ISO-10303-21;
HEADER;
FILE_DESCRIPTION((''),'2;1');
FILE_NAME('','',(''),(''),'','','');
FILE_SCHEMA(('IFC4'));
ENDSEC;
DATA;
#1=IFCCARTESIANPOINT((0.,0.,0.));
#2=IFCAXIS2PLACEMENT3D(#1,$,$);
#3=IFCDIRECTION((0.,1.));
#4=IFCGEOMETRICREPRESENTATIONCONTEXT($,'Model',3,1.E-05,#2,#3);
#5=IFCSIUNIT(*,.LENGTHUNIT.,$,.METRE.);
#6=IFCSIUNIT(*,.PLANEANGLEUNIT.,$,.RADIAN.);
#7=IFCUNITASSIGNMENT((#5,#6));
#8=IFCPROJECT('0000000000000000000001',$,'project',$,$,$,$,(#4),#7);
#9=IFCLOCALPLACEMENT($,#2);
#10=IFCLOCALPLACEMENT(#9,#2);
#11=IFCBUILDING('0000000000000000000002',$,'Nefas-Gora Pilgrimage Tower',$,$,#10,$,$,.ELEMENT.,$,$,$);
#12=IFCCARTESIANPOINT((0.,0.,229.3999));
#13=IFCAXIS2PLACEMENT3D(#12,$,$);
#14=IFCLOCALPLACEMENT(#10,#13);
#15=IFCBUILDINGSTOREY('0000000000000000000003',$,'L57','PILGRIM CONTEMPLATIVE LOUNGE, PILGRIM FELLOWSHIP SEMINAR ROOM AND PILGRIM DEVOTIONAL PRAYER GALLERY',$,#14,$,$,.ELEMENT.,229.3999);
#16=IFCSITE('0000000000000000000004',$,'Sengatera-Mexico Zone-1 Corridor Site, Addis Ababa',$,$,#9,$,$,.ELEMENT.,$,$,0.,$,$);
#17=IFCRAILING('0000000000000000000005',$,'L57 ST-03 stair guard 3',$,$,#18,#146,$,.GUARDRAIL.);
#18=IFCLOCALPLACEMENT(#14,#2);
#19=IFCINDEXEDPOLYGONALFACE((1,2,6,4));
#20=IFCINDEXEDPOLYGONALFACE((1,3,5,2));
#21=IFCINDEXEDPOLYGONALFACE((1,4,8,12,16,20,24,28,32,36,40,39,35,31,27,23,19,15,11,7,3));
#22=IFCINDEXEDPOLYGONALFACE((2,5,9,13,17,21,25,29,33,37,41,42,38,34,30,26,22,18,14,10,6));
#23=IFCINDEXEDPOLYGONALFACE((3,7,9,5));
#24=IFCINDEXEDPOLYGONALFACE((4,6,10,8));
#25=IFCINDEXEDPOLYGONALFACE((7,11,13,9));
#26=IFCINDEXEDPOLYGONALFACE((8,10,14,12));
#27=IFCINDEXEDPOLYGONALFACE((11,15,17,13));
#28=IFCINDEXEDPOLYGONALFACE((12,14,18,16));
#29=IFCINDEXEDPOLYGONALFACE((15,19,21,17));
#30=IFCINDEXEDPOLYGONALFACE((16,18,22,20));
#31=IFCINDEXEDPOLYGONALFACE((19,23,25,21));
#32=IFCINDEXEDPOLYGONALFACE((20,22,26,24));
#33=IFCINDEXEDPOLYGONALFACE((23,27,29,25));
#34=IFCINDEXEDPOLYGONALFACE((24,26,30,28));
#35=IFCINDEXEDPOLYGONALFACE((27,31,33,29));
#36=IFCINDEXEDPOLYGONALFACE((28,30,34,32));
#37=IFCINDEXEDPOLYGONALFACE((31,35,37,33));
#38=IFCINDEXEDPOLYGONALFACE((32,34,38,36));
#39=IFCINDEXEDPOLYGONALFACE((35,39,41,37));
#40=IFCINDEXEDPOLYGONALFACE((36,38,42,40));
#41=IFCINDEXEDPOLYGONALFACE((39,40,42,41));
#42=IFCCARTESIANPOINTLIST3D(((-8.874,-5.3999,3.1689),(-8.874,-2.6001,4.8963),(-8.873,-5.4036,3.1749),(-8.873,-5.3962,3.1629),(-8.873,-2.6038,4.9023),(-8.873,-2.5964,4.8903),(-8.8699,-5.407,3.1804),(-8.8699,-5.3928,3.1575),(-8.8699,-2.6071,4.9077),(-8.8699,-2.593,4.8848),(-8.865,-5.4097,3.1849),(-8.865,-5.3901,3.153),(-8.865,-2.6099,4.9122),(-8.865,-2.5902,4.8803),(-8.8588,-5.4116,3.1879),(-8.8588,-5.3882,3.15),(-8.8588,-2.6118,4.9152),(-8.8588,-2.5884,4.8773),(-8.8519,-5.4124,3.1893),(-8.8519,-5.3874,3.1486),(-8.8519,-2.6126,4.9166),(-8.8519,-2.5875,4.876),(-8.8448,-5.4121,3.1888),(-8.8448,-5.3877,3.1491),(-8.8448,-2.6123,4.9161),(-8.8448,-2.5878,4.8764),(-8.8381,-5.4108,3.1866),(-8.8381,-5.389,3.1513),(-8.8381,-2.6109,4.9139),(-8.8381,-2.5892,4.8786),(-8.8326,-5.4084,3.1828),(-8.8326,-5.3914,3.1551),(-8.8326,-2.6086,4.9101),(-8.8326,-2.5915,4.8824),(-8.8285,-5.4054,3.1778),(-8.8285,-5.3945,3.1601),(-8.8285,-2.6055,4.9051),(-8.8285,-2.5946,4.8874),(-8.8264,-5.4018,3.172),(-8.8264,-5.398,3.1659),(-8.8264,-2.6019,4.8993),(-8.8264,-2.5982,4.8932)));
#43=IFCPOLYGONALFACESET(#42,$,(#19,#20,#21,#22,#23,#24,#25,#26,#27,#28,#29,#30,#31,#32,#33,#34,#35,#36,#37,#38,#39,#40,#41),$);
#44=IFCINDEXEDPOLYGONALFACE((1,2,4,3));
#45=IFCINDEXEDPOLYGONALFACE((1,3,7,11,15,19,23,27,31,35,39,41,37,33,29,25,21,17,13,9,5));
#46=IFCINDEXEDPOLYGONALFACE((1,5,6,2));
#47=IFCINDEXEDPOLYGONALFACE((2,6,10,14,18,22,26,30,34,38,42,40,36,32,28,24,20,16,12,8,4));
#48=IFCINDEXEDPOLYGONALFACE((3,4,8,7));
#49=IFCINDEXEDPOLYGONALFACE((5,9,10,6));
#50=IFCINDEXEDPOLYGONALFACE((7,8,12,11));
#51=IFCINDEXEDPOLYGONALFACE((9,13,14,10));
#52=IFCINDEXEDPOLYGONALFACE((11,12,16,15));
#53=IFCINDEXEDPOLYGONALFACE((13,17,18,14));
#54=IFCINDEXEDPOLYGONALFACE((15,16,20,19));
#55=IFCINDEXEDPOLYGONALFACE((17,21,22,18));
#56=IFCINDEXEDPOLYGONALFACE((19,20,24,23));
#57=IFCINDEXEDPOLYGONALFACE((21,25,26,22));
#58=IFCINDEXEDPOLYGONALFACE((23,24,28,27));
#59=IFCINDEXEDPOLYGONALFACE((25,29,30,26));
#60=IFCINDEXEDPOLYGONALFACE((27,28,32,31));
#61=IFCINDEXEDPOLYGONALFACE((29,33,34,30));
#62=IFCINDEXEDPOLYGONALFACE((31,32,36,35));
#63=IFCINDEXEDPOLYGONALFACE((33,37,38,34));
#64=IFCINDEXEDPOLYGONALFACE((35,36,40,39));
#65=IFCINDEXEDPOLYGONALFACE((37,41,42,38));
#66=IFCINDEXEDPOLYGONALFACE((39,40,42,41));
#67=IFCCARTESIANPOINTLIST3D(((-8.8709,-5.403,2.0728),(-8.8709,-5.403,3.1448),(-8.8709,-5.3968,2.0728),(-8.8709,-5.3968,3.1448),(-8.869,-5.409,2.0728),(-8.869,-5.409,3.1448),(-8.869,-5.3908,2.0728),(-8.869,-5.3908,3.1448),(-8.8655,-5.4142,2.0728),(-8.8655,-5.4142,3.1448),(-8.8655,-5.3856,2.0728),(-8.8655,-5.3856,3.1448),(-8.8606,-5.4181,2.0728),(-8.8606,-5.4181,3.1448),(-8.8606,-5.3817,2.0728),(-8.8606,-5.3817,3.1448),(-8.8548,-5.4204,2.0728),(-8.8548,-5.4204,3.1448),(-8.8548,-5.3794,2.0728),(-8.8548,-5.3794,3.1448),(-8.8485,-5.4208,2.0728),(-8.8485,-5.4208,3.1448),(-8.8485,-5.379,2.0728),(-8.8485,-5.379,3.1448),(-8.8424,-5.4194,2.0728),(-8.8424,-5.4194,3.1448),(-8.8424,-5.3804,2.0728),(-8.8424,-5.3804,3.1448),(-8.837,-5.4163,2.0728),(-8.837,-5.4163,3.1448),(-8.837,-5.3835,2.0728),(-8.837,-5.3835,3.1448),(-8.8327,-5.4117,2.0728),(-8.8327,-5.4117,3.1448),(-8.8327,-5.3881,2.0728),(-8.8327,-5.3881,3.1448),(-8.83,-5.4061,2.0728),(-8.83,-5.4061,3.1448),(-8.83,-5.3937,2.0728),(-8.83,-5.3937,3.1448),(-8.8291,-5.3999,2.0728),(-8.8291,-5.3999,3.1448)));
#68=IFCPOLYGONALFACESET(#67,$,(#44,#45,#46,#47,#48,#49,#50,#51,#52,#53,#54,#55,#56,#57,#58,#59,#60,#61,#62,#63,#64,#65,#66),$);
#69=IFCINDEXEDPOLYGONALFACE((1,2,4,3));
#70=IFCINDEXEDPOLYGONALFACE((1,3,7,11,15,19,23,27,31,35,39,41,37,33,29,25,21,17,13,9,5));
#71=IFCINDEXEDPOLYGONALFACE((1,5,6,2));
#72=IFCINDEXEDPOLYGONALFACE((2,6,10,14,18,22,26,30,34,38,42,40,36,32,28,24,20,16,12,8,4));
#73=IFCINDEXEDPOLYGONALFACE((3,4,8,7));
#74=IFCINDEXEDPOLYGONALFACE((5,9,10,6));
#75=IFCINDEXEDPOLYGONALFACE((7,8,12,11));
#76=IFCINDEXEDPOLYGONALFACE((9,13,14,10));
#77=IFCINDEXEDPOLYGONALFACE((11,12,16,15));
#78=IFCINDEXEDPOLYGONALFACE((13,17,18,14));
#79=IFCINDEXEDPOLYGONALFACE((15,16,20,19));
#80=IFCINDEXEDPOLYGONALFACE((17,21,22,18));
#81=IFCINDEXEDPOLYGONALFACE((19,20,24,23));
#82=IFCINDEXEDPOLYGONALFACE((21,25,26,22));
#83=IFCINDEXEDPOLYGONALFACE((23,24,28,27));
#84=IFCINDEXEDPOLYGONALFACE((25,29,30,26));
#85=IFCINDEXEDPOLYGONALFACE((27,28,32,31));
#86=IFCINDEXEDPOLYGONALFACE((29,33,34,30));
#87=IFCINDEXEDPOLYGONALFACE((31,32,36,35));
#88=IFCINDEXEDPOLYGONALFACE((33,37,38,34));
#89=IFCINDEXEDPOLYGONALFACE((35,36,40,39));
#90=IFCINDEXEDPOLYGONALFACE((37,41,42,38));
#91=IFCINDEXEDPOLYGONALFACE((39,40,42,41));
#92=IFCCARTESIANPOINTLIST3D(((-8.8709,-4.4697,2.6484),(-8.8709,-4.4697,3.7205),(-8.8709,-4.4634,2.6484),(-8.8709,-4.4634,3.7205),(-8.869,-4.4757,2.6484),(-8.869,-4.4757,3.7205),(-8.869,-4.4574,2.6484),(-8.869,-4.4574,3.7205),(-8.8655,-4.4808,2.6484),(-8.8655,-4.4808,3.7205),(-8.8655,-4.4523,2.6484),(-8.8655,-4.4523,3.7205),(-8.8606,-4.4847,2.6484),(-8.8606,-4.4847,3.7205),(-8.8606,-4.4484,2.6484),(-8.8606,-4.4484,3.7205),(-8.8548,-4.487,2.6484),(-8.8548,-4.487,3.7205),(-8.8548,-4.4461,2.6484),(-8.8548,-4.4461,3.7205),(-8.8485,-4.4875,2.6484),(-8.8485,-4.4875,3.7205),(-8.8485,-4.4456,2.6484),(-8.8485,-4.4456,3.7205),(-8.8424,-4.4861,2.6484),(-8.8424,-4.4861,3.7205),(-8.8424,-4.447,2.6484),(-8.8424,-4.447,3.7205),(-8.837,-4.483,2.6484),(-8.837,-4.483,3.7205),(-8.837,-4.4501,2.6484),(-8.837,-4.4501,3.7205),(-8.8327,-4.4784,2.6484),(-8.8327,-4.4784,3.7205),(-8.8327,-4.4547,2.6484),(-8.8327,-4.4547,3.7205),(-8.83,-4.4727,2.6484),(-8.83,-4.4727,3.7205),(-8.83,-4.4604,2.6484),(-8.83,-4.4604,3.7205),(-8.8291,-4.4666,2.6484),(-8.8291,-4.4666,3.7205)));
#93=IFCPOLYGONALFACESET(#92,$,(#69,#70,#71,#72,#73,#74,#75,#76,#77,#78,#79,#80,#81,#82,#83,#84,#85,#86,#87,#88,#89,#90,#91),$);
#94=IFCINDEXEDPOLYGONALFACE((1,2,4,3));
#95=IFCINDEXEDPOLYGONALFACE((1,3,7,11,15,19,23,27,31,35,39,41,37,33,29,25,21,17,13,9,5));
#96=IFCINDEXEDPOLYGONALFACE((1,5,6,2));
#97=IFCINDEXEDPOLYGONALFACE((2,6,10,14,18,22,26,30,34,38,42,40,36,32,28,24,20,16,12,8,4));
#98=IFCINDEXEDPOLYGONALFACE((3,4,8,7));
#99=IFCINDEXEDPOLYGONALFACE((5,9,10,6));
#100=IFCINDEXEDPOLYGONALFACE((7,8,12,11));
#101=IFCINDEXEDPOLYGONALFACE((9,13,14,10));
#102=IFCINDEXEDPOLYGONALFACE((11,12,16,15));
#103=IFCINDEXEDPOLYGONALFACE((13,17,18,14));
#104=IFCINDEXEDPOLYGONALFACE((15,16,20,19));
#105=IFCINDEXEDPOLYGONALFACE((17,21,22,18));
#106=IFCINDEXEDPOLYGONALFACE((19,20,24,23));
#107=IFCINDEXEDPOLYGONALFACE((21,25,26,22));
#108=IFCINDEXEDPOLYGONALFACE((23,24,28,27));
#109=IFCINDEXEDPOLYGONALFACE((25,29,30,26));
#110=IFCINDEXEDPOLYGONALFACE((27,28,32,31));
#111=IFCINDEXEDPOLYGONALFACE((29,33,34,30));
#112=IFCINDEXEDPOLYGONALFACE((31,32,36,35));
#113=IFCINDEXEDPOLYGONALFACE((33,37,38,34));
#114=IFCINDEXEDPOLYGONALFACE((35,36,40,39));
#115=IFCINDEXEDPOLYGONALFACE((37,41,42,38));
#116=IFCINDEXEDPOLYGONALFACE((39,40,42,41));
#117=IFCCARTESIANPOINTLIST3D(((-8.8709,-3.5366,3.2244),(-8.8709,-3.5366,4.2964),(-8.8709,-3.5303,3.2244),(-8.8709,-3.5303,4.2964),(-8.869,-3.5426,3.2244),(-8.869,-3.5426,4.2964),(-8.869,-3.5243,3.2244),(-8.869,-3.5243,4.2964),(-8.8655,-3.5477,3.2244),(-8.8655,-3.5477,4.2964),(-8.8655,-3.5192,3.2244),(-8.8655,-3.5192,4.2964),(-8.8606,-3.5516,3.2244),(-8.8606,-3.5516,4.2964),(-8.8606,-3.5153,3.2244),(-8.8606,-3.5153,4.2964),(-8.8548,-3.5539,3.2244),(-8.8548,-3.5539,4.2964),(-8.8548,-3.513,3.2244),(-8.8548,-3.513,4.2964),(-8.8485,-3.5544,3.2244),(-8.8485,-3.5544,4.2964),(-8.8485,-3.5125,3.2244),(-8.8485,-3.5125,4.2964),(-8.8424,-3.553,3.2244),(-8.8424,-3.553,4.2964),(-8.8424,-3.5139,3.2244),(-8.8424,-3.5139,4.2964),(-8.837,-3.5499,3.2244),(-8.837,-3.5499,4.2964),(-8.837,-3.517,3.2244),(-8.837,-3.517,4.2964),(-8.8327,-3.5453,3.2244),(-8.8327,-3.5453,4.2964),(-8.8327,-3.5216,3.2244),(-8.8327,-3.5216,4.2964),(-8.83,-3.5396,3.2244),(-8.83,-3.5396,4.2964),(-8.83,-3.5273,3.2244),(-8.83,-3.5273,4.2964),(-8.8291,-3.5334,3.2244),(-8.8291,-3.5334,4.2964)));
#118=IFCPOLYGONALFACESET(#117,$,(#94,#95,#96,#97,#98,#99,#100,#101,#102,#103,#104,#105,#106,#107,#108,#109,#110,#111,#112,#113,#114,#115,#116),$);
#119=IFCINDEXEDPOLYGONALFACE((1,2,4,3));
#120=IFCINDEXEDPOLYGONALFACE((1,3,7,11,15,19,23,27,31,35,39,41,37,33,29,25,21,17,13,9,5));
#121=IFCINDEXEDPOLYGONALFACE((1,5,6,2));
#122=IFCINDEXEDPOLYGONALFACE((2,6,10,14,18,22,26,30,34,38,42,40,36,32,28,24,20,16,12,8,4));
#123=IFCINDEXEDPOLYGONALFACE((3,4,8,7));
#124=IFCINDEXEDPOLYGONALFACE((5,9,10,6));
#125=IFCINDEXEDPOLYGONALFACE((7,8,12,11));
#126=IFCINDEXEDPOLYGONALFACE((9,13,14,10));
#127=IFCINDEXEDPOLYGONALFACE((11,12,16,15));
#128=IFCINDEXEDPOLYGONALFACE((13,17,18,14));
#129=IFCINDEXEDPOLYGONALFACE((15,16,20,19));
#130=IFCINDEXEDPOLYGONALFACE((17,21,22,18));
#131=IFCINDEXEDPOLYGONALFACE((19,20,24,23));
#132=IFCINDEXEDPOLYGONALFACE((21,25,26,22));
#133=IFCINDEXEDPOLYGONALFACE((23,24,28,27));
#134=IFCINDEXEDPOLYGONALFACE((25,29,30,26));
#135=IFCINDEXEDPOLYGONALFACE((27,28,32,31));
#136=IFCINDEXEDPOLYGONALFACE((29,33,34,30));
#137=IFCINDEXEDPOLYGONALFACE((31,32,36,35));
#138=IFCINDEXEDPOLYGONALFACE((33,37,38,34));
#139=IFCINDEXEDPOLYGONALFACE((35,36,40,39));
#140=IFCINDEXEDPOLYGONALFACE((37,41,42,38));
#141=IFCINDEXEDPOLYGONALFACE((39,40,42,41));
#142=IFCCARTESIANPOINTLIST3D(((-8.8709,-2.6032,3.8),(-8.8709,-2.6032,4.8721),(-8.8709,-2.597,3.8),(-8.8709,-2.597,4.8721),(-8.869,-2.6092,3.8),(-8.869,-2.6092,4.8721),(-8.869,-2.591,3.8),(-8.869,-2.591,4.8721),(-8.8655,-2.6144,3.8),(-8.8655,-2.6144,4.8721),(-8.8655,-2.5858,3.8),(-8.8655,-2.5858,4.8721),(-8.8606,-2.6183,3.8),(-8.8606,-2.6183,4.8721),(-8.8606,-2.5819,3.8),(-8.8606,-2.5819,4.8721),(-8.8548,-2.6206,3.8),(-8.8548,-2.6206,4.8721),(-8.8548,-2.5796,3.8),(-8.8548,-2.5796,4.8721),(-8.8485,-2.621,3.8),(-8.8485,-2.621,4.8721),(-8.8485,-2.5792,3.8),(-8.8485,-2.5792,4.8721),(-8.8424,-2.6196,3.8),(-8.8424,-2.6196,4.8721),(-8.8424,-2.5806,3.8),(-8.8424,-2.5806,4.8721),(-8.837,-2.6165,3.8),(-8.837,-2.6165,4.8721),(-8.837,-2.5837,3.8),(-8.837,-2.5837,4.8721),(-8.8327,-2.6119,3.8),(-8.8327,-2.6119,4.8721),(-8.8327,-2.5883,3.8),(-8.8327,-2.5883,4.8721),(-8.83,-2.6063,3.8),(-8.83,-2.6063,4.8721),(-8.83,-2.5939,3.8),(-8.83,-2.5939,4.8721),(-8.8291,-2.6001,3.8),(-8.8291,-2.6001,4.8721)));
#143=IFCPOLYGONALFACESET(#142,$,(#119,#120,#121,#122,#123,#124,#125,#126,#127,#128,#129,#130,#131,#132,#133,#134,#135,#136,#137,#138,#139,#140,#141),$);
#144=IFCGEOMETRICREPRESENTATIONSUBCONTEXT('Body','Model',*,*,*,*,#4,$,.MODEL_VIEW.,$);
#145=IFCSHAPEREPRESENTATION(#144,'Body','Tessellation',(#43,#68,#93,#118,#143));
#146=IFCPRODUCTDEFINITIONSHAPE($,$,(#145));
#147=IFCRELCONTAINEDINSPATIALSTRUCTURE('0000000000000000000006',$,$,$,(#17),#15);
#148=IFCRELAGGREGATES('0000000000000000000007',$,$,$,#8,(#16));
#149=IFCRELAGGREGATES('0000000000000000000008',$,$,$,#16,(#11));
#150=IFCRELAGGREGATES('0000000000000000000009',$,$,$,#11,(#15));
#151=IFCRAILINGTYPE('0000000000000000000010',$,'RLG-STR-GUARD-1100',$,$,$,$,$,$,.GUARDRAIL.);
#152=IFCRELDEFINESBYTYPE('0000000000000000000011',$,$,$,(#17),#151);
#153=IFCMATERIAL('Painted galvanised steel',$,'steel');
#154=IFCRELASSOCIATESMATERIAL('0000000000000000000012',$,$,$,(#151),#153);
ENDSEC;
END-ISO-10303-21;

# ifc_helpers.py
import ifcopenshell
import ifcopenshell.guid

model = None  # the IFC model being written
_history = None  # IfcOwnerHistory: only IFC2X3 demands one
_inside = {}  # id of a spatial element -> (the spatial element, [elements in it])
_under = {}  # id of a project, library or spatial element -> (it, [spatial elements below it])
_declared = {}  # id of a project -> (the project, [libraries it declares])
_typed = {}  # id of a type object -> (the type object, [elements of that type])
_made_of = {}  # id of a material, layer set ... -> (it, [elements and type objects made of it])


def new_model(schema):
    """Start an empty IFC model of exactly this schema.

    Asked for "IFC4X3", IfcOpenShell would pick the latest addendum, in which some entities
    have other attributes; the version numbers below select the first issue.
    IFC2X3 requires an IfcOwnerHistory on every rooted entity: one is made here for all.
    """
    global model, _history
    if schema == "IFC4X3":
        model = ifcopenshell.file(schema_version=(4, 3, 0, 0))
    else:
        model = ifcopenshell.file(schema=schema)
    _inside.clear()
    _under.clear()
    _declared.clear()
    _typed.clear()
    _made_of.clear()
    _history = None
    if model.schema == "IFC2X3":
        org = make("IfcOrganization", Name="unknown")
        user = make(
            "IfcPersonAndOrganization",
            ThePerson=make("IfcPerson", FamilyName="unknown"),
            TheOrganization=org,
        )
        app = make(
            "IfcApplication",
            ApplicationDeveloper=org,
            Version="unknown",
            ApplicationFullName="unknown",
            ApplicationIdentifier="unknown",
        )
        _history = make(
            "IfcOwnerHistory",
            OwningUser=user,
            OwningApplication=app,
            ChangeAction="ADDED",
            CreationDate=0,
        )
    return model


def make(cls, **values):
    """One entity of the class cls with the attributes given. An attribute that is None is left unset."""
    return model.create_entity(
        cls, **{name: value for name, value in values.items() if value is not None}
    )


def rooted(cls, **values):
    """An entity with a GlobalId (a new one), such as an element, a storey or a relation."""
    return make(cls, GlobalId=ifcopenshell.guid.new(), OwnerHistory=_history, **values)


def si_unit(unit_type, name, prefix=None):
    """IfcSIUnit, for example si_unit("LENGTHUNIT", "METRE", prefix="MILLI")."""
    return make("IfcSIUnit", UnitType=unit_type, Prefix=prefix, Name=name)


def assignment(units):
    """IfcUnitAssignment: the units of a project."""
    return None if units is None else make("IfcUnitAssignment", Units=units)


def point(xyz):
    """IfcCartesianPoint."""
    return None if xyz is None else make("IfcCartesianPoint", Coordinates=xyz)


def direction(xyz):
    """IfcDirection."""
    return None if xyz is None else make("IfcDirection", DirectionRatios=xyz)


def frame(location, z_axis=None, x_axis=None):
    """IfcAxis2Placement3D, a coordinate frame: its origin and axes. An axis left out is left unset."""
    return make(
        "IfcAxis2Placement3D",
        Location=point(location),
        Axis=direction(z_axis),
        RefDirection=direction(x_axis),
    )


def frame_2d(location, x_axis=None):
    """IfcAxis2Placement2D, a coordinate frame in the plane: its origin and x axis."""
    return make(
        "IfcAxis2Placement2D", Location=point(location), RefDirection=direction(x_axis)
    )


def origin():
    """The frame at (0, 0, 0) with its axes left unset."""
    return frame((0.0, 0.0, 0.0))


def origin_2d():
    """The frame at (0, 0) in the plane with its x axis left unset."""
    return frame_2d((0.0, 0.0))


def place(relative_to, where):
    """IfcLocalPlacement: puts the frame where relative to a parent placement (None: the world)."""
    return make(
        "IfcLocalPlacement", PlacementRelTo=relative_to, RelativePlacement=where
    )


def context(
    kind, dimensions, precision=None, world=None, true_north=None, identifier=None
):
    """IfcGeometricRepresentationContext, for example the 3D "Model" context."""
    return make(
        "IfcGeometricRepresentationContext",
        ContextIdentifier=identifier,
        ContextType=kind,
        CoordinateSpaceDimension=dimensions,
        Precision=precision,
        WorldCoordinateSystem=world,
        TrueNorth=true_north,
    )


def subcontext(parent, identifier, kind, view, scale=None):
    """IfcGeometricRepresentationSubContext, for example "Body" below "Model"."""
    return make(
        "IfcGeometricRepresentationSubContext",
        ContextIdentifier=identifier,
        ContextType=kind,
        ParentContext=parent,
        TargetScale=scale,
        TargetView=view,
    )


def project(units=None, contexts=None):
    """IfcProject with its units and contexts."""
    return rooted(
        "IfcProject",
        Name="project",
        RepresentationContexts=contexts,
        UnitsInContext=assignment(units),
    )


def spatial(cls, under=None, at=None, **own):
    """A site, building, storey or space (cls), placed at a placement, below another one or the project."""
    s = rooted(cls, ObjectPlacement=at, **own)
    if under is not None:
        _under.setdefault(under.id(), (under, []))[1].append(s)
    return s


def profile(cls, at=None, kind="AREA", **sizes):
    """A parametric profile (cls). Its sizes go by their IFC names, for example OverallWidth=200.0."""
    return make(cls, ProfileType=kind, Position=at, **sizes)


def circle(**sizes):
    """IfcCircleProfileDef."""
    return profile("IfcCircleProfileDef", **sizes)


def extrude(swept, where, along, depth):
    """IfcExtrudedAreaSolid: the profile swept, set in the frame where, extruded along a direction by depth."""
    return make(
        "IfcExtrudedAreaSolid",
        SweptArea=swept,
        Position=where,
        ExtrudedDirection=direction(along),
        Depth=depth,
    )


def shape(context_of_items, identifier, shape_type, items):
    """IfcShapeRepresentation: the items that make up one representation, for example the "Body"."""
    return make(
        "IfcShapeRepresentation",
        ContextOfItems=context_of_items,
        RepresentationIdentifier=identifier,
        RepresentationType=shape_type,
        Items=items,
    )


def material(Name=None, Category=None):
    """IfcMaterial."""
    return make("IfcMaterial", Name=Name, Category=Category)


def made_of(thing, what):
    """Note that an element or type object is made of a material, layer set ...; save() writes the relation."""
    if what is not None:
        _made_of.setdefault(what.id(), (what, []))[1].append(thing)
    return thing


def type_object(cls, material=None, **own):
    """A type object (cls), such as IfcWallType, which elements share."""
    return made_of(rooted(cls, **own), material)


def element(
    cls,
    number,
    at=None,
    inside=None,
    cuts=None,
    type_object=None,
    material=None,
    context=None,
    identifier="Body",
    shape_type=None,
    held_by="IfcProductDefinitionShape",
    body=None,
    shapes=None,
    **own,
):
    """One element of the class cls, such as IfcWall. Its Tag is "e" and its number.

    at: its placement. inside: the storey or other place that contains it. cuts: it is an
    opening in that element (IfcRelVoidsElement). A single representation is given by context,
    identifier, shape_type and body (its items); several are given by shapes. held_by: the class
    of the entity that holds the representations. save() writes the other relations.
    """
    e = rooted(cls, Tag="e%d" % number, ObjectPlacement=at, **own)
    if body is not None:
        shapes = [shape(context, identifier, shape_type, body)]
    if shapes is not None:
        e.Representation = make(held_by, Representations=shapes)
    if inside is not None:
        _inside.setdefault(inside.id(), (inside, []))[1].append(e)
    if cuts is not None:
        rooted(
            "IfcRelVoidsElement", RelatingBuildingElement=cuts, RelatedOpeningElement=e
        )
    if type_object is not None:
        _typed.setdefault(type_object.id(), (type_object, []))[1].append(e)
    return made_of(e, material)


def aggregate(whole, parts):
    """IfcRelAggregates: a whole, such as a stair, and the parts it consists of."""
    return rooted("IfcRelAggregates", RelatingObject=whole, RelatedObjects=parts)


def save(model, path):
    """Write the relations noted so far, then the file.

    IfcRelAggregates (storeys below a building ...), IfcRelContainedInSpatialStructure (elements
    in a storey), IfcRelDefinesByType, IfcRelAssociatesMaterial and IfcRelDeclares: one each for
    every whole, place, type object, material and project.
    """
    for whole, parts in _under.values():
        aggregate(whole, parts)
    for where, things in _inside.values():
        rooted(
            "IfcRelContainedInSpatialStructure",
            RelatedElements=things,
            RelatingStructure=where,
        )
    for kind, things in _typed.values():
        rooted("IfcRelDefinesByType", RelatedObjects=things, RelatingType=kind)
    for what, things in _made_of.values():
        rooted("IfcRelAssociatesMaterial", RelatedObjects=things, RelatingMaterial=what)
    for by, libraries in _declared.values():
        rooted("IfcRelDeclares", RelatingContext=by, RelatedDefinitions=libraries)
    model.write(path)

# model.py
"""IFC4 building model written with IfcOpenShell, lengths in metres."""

from ifc_helpers import new_model, si_unit, direction, frame, origin, origin_2d, place, context, subcontext, project, spatial, circle, extrude, material, type_object, element, save


model = new_model("IFC4")

# Units and contexts
model_context = context("Model", 3, precision=1e-05, world=origin(), true_north=direction((0.0, 1.0)))
body_context = subcontext(model_context, "Body", "Model", "MODEL_VIEW")
ifc_project = project(units=[si_unit("LENGTHUNIT", "METRE"), si_unit("PLANEANGLEUNIT", "RADIAN")], contexts=[model_context])

# Site, building, storey
site_placement = place(None, origin())
site = spatial("IfcSite", under=ifc_project, at=site_placement, Name="Sengatera-Mexico Zone-1 Corridor Site, Addis Ababa", CompositionType="ELEMENT", RefElevation=0.0)
building_placement = place(site_placement, origin())
building = spatial("IfcBuilding", under=site, at=building_placement, Name="Nefas-Gora Pilgrimage Tower", CompositionType="ELEMENT")
storey_placement = place(building_placement, frame((0.0, 0.0, 229.3999)))
storey = spatial("IfcBuildingStorey", under=building, at=storey_placement, Name="L57", Description="PILGRIM CONTEMPLATIVE LOUNGE, PILGRIM FELLOWSHIP SEMINAR ROOM AND PILGRIM DEVOTIONAL PRAYER GALLERY", CompositionType="ELEMENT", Elevation=229.3999)

# Railing
ifc_material_1 = material(Name="Painted galvanised steel", Category="steel")
railing_type_1 = type_object("IfcRailingType", Name="RLG-STR-GUARD-1100", PredefinedType="GUARDRAIL", material=ifc_material_1)
railing_1_placement = place(storey_placement, frame((-8.8501, -5.3999, 2.0728)))
element("IfcRailing", 1, at=railing_1_placement, inside=storey, type_object=railing_type_1, Name="L57 ST-03 stair guard 3", PredefinedType="GUARDRAIL", context=body_context, shape_type="SweptSolid", body=[
    extrude(circle(Radius=0.0239, at=origin_2d()), frame((0.0, 0.0, 1.0962), z_axis=(0.0, 0.851069, 0.525054), x_axis=(-1.0, 0.0, 0.0)), (0.0, 0.0, 1.0), 3.2898),
    extrude(circle(Radius=0.021, at=origin_2d()), origin(), (0.0, 0.0, 1.0), 1.072),
    extrude(circle(Radius=0.021, at=origin_2d()), frame((0.0, 0.9333, 0.5757)), (0.0, 0.0, 1.0), 1.072),
    extrude(circle(Radius=0.021, at=origin_2d()), frame((0.0, 1.8665, 1.1516)), (0.0, 0.0, 1.0), 1.072),
    extrude(circle(Radius=0.021, at=origin_2d()), frame((0.0, 2.7998, 1.7273)), (0.0, 0.0, 1.0), 1.072),
])

save(model, "model.ifc")
